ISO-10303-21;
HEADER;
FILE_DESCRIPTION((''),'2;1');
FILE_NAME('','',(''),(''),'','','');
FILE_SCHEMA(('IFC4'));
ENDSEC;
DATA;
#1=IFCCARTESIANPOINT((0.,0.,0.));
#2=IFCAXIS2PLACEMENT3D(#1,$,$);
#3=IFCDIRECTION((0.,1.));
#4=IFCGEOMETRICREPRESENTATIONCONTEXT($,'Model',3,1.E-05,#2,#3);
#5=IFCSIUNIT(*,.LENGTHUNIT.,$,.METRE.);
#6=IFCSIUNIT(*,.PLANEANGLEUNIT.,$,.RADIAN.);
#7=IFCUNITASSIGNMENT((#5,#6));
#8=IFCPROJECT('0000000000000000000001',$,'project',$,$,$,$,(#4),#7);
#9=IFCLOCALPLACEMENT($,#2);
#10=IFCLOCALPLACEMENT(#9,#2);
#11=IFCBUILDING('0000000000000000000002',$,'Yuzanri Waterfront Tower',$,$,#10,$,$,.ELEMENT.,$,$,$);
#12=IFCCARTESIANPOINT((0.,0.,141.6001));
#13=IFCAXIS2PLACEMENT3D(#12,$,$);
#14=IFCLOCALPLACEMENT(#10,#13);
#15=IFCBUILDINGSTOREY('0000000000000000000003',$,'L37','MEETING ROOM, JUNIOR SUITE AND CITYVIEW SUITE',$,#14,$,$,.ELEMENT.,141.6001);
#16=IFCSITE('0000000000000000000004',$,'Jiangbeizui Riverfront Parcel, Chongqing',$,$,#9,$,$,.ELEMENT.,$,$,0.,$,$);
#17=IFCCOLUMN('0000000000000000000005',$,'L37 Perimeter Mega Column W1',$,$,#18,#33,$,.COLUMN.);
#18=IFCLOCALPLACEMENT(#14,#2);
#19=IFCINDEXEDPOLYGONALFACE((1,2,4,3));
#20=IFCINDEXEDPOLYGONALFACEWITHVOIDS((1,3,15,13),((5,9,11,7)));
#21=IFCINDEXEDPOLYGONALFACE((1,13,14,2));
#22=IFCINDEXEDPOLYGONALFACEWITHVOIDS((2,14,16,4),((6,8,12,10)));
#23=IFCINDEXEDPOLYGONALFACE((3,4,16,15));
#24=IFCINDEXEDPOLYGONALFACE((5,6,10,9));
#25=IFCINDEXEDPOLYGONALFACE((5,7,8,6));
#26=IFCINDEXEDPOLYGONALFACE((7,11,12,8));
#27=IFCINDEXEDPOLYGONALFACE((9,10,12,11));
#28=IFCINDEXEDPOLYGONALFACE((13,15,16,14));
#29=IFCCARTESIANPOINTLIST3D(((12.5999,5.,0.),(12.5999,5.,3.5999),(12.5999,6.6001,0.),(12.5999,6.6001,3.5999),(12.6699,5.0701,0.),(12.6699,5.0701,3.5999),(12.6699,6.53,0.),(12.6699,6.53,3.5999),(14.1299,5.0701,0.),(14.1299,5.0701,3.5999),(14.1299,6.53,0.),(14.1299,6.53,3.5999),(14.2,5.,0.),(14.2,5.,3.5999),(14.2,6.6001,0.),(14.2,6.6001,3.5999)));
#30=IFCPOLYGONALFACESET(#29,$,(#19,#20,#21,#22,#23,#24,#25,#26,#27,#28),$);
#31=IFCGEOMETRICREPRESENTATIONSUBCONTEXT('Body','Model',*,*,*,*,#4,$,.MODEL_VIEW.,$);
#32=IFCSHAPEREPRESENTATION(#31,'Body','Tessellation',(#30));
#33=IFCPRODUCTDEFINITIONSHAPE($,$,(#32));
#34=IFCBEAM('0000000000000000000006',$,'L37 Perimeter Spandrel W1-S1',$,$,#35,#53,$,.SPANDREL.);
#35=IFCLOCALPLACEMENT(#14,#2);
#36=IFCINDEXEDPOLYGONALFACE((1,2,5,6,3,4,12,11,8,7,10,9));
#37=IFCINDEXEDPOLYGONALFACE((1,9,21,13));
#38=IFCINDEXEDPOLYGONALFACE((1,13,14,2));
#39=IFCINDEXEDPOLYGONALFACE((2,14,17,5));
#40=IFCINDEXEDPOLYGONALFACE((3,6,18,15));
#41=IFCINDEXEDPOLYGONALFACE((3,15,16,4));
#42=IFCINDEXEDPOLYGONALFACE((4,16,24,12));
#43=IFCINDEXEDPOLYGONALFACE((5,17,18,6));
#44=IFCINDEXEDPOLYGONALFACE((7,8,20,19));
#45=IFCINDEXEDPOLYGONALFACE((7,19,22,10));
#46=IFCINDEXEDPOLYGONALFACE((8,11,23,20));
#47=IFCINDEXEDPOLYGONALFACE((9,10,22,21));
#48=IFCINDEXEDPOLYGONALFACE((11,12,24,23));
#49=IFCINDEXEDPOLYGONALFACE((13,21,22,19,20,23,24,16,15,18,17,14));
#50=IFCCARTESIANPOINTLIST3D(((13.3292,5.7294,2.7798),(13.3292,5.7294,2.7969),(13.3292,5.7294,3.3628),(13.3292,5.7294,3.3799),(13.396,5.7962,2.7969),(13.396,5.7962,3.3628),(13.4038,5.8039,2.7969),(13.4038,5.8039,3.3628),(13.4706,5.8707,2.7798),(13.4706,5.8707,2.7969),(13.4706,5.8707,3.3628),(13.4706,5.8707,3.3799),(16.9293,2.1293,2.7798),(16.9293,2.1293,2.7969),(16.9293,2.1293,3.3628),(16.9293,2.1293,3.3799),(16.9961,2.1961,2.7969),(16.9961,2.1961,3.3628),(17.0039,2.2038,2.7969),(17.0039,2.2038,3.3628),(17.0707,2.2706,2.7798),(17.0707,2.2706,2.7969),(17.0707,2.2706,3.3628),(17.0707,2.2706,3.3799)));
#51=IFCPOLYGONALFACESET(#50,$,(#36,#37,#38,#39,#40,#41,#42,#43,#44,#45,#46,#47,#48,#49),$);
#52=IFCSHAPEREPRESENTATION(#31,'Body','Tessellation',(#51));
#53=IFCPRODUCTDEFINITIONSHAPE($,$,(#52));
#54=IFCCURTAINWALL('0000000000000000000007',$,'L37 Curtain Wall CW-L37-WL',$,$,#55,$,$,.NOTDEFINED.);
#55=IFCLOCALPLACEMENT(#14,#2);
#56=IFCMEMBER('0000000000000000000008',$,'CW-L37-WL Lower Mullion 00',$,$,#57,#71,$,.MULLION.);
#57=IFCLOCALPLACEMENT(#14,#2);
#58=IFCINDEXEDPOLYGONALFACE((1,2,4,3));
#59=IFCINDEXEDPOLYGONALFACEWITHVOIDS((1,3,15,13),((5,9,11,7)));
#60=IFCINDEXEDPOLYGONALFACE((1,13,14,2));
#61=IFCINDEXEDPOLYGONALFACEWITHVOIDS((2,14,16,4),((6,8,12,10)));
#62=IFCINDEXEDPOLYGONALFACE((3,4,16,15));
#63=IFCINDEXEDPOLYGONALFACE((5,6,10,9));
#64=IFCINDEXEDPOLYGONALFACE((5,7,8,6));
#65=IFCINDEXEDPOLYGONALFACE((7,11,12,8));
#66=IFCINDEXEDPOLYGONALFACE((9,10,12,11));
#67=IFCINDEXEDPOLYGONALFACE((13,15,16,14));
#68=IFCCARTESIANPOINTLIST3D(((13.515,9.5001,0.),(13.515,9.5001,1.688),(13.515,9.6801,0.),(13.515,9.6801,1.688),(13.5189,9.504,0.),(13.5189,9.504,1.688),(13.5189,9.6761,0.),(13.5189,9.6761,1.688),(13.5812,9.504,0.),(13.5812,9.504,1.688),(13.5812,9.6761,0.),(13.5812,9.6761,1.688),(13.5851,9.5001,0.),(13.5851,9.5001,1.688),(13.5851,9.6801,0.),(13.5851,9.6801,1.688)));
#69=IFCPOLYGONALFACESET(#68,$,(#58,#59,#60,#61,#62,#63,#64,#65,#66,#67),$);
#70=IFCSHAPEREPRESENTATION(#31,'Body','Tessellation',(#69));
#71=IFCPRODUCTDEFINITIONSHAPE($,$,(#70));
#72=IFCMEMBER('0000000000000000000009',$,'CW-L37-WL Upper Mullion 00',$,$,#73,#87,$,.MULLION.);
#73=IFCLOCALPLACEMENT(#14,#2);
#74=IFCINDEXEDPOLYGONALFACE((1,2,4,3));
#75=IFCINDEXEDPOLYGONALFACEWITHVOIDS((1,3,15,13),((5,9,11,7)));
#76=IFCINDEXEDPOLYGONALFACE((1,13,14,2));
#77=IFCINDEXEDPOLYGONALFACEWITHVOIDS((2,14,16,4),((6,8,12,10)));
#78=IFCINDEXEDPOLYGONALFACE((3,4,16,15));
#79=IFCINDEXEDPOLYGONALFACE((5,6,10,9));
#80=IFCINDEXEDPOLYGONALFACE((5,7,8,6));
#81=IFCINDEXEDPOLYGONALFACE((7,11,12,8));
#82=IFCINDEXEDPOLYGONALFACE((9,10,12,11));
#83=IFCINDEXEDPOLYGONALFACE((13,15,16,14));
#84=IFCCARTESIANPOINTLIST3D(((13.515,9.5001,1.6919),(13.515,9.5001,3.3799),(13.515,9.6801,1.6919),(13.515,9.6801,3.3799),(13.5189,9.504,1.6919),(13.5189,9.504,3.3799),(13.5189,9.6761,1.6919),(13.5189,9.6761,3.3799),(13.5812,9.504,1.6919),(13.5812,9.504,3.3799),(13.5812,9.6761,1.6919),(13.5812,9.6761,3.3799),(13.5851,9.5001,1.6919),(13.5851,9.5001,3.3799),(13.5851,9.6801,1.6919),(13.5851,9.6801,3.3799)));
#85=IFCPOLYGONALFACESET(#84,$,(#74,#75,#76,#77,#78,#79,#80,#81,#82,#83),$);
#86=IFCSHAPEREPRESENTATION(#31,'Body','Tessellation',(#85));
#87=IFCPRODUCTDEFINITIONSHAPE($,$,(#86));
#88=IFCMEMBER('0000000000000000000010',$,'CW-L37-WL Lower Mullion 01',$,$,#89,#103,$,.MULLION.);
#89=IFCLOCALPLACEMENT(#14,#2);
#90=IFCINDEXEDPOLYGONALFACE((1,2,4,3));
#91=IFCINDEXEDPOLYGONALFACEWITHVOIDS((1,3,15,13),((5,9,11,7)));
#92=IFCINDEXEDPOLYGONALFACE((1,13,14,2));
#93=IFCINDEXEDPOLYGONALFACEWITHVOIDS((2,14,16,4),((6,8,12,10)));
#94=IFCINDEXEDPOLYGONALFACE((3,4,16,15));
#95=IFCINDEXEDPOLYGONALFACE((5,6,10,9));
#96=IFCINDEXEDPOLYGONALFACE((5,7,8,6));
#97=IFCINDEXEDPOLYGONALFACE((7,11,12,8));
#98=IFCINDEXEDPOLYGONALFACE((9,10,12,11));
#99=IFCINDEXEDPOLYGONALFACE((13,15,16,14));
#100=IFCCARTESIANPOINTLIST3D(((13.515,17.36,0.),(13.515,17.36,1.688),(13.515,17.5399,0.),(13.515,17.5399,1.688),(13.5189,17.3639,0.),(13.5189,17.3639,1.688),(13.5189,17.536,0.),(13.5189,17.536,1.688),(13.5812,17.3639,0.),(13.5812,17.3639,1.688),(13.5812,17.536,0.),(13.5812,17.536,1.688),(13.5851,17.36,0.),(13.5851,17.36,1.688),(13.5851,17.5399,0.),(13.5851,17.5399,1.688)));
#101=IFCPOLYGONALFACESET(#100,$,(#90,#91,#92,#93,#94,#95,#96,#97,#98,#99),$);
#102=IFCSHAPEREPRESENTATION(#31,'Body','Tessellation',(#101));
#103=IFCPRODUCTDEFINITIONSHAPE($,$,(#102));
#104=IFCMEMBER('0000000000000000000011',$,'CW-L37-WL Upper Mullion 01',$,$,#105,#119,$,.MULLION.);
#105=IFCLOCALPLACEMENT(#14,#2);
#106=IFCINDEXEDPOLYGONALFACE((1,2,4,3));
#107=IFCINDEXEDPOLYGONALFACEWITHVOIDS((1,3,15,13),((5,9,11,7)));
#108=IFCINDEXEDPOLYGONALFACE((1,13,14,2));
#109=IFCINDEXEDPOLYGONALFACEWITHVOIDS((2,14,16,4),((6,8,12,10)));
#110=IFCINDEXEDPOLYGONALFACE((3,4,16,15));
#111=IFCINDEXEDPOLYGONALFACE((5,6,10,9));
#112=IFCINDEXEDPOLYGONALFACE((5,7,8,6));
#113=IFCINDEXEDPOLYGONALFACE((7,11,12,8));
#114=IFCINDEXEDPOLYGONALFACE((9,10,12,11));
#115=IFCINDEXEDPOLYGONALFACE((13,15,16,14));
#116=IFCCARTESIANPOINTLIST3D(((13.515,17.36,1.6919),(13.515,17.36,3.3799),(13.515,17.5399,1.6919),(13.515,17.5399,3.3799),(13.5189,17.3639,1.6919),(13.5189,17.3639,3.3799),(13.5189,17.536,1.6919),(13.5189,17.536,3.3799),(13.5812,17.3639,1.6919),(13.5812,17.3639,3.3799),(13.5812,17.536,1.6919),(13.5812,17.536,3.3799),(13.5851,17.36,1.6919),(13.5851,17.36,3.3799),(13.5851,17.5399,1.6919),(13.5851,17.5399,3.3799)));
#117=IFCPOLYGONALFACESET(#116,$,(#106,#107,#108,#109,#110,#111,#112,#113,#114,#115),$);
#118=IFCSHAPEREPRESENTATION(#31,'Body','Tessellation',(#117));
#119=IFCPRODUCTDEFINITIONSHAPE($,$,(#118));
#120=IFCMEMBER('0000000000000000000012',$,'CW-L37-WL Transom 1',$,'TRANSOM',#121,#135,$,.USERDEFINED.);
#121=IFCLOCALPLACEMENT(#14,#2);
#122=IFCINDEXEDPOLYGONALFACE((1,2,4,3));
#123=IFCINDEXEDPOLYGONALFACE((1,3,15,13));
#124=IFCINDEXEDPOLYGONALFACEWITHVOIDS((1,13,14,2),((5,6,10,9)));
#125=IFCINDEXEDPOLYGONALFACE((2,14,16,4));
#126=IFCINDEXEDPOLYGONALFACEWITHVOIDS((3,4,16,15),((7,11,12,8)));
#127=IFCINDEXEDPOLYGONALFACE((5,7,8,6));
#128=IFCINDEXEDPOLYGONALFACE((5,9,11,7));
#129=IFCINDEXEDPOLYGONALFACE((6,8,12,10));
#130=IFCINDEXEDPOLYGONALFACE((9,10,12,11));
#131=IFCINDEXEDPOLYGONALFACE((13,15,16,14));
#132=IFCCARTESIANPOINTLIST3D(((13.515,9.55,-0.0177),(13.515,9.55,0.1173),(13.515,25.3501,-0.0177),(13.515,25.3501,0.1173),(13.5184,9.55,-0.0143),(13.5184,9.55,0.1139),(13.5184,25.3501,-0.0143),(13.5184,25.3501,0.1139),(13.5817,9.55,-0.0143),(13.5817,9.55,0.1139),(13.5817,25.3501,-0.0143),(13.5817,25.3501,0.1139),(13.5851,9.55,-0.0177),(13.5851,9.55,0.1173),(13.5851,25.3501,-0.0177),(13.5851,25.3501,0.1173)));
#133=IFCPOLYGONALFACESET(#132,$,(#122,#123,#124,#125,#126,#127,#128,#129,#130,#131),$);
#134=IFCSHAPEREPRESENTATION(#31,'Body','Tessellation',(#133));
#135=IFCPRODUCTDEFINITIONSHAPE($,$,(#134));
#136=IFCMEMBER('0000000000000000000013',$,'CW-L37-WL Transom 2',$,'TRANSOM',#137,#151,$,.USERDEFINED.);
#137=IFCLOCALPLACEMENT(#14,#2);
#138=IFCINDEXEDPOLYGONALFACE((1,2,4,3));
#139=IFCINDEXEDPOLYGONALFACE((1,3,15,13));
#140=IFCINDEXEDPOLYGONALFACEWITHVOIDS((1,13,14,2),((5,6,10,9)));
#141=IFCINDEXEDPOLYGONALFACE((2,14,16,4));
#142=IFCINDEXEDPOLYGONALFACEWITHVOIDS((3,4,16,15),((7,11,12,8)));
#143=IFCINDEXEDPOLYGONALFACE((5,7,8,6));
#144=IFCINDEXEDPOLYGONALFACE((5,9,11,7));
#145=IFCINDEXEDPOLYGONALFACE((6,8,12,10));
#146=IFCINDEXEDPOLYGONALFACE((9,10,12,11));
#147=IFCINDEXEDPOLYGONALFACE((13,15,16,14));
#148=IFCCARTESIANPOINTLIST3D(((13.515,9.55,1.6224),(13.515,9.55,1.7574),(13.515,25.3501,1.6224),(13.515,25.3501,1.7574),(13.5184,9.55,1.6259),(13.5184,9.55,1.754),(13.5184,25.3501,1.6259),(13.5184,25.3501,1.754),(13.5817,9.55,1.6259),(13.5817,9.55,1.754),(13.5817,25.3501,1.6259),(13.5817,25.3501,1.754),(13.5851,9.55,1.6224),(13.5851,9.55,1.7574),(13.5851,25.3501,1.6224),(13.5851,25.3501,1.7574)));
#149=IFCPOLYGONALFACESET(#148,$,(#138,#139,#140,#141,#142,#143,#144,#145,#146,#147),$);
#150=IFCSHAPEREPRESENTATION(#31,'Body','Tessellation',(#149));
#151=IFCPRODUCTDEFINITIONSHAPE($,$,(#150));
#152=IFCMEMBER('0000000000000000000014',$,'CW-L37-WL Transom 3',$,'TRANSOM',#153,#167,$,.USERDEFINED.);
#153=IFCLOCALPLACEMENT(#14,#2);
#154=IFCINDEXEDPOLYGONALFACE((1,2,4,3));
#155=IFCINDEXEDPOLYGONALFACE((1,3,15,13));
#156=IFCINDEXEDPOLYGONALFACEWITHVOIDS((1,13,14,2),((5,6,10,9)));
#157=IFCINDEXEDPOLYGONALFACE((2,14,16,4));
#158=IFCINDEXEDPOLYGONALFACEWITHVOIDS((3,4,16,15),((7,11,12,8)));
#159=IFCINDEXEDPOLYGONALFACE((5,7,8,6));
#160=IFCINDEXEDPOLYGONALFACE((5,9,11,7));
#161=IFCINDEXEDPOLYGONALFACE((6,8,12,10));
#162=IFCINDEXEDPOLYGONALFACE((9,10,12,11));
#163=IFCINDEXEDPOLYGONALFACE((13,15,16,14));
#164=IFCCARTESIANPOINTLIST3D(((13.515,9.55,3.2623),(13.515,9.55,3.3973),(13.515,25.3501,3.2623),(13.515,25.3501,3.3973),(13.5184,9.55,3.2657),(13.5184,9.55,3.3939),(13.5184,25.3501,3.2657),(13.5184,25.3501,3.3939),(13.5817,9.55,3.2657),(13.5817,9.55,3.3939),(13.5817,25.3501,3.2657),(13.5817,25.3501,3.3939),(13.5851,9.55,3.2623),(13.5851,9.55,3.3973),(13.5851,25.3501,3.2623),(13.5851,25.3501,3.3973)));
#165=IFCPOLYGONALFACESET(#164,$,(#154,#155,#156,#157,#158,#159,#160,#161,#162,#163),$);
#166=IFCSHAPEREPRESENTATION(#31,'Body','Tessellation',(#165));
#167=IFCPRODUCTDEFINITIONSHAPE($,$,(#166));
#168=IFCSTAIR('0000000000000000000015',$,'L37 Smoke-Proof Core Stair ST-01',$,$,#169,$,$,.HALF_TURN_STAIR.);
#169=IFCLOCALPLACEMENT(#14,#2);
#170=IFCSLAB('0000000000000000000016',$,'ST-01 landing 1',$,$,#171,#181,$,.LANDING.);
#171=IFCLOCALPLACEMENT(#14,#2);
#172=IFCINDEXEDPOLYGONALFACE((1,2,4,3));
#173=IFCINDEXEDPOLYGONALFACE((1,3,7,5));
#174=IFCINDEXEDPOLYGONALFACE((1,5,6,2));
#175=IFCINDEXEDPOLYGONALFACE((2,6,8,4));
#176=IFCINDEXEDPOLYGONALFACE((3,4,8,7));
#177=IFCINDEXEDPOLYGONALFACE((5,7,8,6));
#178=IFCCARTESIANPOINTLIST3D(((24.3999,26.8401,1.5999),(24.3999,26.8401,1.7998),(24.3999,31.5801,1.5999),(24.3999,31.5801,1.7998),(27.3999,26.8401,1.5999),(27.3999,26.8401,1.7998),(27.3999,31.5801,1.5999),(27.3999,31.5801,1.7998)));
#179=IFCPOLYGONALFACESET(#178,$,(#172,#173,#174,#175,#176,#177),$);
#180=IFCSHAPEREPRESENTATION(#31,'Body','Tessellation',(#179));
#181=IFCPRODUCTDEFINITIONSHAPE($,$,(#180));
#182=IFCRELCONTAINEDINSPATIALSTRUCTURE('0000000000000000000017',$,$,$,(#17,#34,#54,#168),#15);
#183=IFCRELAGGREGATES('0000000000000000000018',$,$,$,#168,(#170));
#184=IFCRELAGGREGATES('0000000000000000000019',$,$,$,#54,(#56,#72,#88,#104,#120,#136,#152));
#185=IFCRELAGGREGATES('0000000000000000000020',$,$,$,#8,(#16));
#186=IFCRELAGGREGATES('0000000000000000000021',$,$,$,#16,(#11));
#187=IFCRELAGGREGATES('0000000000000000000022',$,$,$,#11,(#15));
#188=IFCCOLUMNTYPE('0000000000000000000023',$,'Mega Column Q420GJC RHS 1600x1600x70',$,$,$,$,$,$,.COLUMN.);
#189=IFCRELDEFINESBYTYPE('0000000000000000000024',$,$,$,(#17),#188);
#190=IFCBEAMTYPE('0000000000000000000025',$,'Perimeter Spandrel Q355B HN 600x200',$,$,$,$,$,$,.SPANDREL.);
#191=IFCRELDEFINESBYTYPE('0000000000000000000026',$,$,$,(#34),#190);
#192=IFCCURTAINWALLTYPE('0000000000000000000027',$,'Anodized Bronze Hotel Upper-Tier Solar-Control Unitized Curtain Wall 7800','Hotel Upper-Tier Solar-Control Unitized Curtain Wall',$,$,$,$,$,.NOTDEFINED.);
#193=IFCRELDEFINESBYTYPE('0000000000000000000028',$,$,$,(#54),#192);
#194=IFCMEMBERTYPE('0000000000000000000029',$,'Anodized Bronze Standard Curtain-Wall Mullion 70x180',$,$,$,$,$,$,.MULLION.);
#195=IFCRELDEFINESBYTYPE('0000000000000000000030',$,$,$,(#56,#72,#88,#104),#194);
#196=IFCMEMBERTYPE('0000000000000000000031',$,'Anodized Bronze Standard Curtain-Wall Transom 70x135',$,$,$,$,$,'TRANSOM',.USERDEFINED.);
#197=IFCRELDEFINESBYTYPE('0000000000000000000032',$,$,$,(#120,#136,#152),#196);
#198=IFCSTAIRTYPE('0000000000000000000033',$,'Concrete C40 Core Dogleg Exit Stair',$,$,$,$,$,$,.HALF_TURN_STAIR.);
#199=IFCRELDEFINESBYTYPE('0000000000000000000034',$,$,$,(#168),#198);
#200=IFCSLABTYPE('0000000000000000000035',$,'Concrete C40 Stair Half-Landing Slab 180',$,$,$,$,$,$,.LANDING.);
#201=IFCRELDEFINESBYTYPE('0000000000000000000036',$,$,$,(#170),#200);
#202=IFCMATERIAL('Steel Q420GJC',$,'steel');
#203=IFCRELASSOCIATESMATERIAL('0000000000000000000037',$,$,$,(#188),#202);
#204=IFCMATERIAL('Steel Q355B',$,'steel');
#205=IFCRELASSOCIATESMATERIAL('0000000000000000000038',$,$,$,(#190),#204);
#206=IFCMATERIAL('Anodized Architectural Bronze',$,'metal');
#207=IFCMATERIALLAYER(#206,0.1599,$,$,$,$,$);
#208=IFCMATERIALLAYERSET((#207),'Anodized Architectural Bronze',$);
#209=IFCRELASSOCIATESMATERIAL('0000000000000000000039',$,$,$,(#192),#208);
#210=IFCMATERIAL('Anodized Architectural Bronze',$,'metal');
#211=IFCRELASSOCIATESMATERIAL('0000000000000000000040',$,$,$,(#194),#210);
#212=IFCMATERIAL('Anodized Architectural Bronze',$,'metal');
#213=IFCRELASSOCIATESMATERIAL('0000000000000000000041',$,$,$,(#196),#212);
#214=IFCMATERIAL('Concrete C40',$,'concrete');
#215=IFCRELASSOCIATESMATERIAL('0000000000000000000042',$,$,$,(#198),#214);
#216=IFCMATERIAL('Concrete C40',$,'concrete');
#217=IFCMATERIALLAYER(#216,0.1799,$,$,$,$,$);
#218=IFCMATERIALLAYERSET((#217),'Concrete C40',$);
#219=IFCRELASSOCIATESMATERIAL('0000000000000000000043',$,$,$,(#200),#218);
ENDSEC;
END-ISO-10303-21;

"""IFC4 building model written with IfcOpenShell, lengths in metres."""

from ifc_helpers import new_model, si_unit, direction, frame, origin, origin_2d, place, context, subcontext, project, spatial, polyline, hollow_rectangle, i_section, outline, extrude, source, transform, mapped, material, layer, layer_set, material_profile, profile_set, type_object, element, aggregate, save


model = new_model("IFC4")

# Units and contexts
model_context = context("Model", 3, precision=1e-05, world=origin(), true_north=direction((0.0, 1.0)))
body_context = subcontext(model_context, "Body", "Model", "MODEL_VIEW")
ifc_project = project(units=[si_unit("LENGTHUNIT", "METRE"), si_unit("PLANEANGLEUNIT", "RADIAN")], contexts=[model_context])

# Site, building, storey
site_placement = place(None, origin())
site = spatial("IfcSite", under=ifc_project, at=site_placement, Name="Jiangbeizui Riverfront Parcel, Chongqing", CompositionType="ELEMENT", RefElevation=0.0)
building_placement = place(site_placement, origin())
building = spatial("IfcBuilding", under=site, at=building_placement, Name="Yuzanri Waterfront Tower", CompositionType="ELEMENT")
storey_placement = place(building_placement, frame((0.0, 0.0, 141.6001)))
storey = spatial("IfcBuildingStorey", under=building, at=storey_placement, Name="L37", Description="MEETING ROOM, JUNIOR SUITE AND CITYVIEW SUITE", CompositionType="ELEMENT", Elevation=141.6001)

# Column
ifc_material_1 = material(Name="Steel Q420GJC", Category="steel")
ifc_material_profile_1 = material_profile(ifc_material_1, hollow_rectangle(XDim=1.6001, YDim=1.6001, WallThickness=0.0701, at=origin_2d()), Name="RHS 1600x1600x70")
ifc_profile_set_1 = profile_set([ifc_material_profile_1], Name="Steel Q420GJC")
column_type = type_object("IfcColumnType", Name="Mega Column Q420GJC RHS 1600x1600x70", PredefinedType="COLUMN", material=ifc_profile_set_1)
shared_shape_1 = source(origin(), body_context, "Body", "SweptSolid", [
    extrude(hollow_rectangle(XDim=1.6001, YDim=1.6001, WallThickness=0.0701, at=origin_2d()), origin(), (0.0, 0.0, 1.0), 3.5999),
])
column_placement = place(storey_placement, frame((13.3999, 5.8, 0.0), z_axis=(0.0, 0.0, 1.0), x_axis=(1.0, 0.0, 0.0)))
element("IfcColumn", 1, at=column_placement, inside=storey, type_object=column_type, Name="L37 Perimeter Mega Column W1", PredefinedType="COLUMN", context=body_context, shape_type="MappedRepresentation", body=[
    mapped(shared_shape_1, transform((0.0, 0.0, 0.0), scale=1.0)),
])

# Beam
ifc_material_2 = material(Name="Steel Q355B", Category="steel")
ifc_material_profile_2 = material_profile(ifc_material_2, i_section(OverallWidth=0.2, OverallDepth=0.6001, WebThickness=0.011, FlangeThickness=0.0171, at=origin_2d()), Name="HN 600x200x11x17")
ifc_profile_set_2 = profile_set([ifc_material_profile_2], Name="Steel Q355B")
beam_type = type_object("IfcBeamType", Name="Perimeter Spandrel Q355B HN 600x200", PredefinedType="SPANDREL", material=ifc_profile_set_2)
shared_shape_2 = source(origin(), body_context, "Body", "SweptSolid", [
    extrude(i_section(OverallWidth=0.2, OverallDepth=0.6001, WebThickness=0.011, FlangeThickness=0.0171, at=origin_2d()), origin(), (0.0, 0.0, 1.0), 5.0913),
])
beam_placement = place(storey_placement, frame((13.3999, 5.8, 3.0798), z_axis=(0.707107, -0.707107, 0.0), x_axis=(0.707107, 0.707107, 0.0)))
element("IfcBeam", 2, at=beam_placement, inside=storey, type_object=beam_type, Name="L37 Perimeter Spandrel W1-S1", PredefinedType="SPANDREL", context=body_context, shape_type="MappedRepresentation", body=[
    mapped(shared_shape_2, transform((0.0, 0.0, 0.0), scale=1.0)),
])

# Curtain wall, members
ifc_material_3 = material(Name="Anodized Architectural Bronze", Category="metal")
ifc_layer_1 = layer(ifc_material_3, 0.1599)
ifc_layer_set_1 = layer_set([ifc_layer_1], Name="Anodized Architectural Bronze")
curtain_wall_type = type_object("IfcCurtainWallType", Name="Anodized Bronze Hotel Upper-Tier Solar-Control Unitized Curtain Wall 7800", Description="Hotel Upper-Tier Solar-Control Unitized Curtain Wall", PredefinedType="NOTDEFINED", material=ifc_layer_set_1)
curtain_wall_placement = place(storey_placement, origin())
curtain_wall = element("IfcCurtainWall", 3, at=curtain_wall_placement, inside=storey, type_object=curtain_wall_type, Name="L37 Curtain Wall CW-L37-WL", PredefinedType="NOTDEFINED")
ifc_material_4 = material(Name="Anodized Architectural Bronze", Category="metal")
ifc_material_profile_3 = material_profile(ifc_material_4, hollow_rectangle(XDim=0.0701, YDim=0.1799, WallThickness=0.0039, at=origin_2d()), Name="CWM 70x180")
ifc_profile_set_3 = profile_set([ifc_material_profile_3], Name="Anodized Architectural Bronze")
member_type_1 = type_object("IfcMemberType", Name="Anodized Bronze Standard Curtain-Wall Mullion 70x180", PredefinedType="MULLION", material=ifc_profile_set_3)
shared_shape_3 = source(origin(), body_context, "Body", "SweptSolid", [
    extrude(hollow_rectangle(XDim=0.0701, YDim=0.1799, WallThickness=0.0039, at=origin_2d()), origin(), (0.0, 0.0, 1.0), 1.688),
])
member_1_placement = place(storey_placement, frame((13.55, 9.5901, 0.0), z_axis=(0.0, 0.0, 1.0), x_axis=(1.0, 0.0, 0.0)))
member_1 = element("IfcMember", 4, at=member_1_placement, type_object=member_type_1, Name="CW-L37-WL Lower Mullion 00", PredefinedType="MULLION", context=body_context, shape_type="MappedRepresentation", body=[
    mapped(shared_shape_3, transform((0.0, 0.0, 0.0), scale=1.0)),
])
member_2_placement = place(storey_placement, frame((13.55, 9.5901, 1.6919), z_axis=(0.0, 0.0, 1.0), x_axis=(1.0, 0.0, 0.0)))
member_2 = element("IfcMember", 5, at=member_2_placement, type_object=member_type_1, Name="CW-L37-WL Upper Mullion 00", PredefinedType="MULLION", context=body_context, shape_type="MappedRepresentation", body=[
    mapped(shared_shape_3, transform((0.0, 0.0, 0.0), scale=1.0)),
])
member_3_placement = place(storey_placement, frame((13.55, 17.45, 0.0), z_axis=(0.0, 0.0, 1.0), x_axis=(1.0, 0.0, 0.0)))
member_3 = element("IfcMember", 6, at=member_3_placement, type_object=member_type_1, Name="CW-L37-WL Lower Mullion 01", PredefinedType="MULLION", context=body_context, shape_type="MappedRepresentation", body=[
    mapped(shared_shape_3, transform((0.0, 0.0, 0.0), scale=1.0)),
])
member_4_placement = place(storey_placement, frame((13.55, 17.45, 1.6919), z_axis=(0.0, 0.0, 1.0), x_axis=(1.0, 0.0, 0.0)))
member_4 = element("IfcMember", 7, at=member_4_placement, type_object=member_type_1, Name="CW-L37-WL Upper Mullion 01", PredefinedType="MULLION", context=body_context, shape_type="MappedRepresentation", body=[
    mapped(shared_shape_3, transform((0.0, 0.0, 0.0), scale=1.0)),
])
ifc_material_5 = material(Name="Anodized Architectural Bronze", Category="metal")
ifc_material_profile_4 = material_profile(ifc_material_5, hollow_rectangle(XDim=0.0701, YDim=0.135, WallThickness=0.0034, at=origin_2d()), Name="CWT 70x135")
ifc_profile_set_4 = profile_set([ifc_material_profile_4], Name="Anodized Architectural Bronze")
member_type_2 = type_object("IfcMemberType", Name="Anodized Bronze Standard Curtain-Wall Transom 70x135", ElementType="TRANSOM", PredefinedType="USERDEFINED", material=ifc_profile_set_4)
shared_shape_4 = source(origin(), body_context, "Body", "SweptSolid", [
    extrude(hollow_rectangle(XDim=0.0701, YDim=0.135, WallThickness=0.0034, at=origin_2d()), origin(), (0.0, 0.0, 1.0), 15.8),
])
member_5_placement = place(storey_placement, frame((13.55, 9.55, 0.0498), z_axis=(0.0, 1.0, 0.0), x_axis=(-1.0, 0.0, 0.0)))
member_5 = element("IfcMember", 8, at=member_5_placement, type_object=member_type_2, Name="CW-L37-WL Transom 1", ObjectType="TRANSOM", PredefinedType="USERDEFINED", context=body_context, shape_type="MappedRepresentation", body=[
    mapped(shared_shape_4, transform((0.0, 0.0, 0.0), scale=1.0)),
])
member_6_placement = place(storey_placement, frame((13.55, 9.55, 1.6899), z_axis=(0.0, 1.0, 0.0), x_axis=(-1.0, 0.0, 0.0)))
member_6 = element("IfcMember", 9, at=member_6_placement, type_object=member_type_2, Name="CW-L37-WL Transom 2", ObjectType="TRANSOM", PredefinedType="USERDEFINED", context=body_context, shape_type="MappedRepresentation", body=[
    mapped(shared_shape_4, transform((0.0, 0.0, 0.0), scale=1.0)),
])
member_7_placement = place(storey_placement, frame((13.55, 9.55, 3.3298), z_axis=(0.0, 1.0, 0.0), x_axis=(-1.0, 0.0, 0.0)))
member_7 = element("IfcMember", 10, at=member_7_placement, type_object=member_type_2, Name="CW-L37-WL Transom 3", ObjectType="TRANSOM", PredefinedType="USERDEFINED", context=body_context, shape_type="MappedRepresentation", body=[
    mapped(shared_shape_4, transform((0.0, 0.0, 0.0), scale=1.0)),
])

# Stair, slab
ifc_material_6 = material(Name="Concrete C40", Category="concrete")
stair_type = type_object("IfcStairType", Name="Concrete C40 Core Dogleg Exit Stair", PredefinedType="HALF_TURN_STAIR", material=ifc_material_6)
stair_1_placement = place(storey_placement, origin())
stair_1 = element("IfcStair", 11, at=stair_1_placement, inside=storey, type_object=stair_type, Name="L37 Smoke-Proof Core Stair ST-01", PredefinedType="HALF_TURN_STAIR")
ifc_material_7 = material(Name="Concrete C40", Category="concrete")
ifc_layer_2 = layer(ifc_material_7, 0.1799)
ifc_layer_set_2 = layer_set([ifc_layer_2], Name="Concrete C40")
slab_type_1 = type_object("IfcSlabType", Name="Concrete C40 Stair Half-Landing Slab 180", PredefinedType="LANDING", material=ifc_layer_set_2)
slab_1_placement = place(storey_placement, frame((0.0, 0.0, 1.5999)))
slab_1 = element("IfcSlab", 12, at=slab_1_placement, type_object=slab_type_1, Name="ST-01 landing 1", PredefinedType="LANDING", context=body_context, shape_type="SweptSolid", body=[
    extrude(outline(polyline([(27.3999, 26.8401), (27.3999, 31.5801), (24.3999, 31.5801), (24.3999, 26.8401), (27.3999, 26.8401)])), origin(), (0.0, 0.0, 1.0), 0.2),
])
aggregate(stair_1, [slab_1])

aggregate(curtain_wall, [member_1, member_2, member_3, member_4, member_5, member_6, member_7])

save(model, "model.ifc")
